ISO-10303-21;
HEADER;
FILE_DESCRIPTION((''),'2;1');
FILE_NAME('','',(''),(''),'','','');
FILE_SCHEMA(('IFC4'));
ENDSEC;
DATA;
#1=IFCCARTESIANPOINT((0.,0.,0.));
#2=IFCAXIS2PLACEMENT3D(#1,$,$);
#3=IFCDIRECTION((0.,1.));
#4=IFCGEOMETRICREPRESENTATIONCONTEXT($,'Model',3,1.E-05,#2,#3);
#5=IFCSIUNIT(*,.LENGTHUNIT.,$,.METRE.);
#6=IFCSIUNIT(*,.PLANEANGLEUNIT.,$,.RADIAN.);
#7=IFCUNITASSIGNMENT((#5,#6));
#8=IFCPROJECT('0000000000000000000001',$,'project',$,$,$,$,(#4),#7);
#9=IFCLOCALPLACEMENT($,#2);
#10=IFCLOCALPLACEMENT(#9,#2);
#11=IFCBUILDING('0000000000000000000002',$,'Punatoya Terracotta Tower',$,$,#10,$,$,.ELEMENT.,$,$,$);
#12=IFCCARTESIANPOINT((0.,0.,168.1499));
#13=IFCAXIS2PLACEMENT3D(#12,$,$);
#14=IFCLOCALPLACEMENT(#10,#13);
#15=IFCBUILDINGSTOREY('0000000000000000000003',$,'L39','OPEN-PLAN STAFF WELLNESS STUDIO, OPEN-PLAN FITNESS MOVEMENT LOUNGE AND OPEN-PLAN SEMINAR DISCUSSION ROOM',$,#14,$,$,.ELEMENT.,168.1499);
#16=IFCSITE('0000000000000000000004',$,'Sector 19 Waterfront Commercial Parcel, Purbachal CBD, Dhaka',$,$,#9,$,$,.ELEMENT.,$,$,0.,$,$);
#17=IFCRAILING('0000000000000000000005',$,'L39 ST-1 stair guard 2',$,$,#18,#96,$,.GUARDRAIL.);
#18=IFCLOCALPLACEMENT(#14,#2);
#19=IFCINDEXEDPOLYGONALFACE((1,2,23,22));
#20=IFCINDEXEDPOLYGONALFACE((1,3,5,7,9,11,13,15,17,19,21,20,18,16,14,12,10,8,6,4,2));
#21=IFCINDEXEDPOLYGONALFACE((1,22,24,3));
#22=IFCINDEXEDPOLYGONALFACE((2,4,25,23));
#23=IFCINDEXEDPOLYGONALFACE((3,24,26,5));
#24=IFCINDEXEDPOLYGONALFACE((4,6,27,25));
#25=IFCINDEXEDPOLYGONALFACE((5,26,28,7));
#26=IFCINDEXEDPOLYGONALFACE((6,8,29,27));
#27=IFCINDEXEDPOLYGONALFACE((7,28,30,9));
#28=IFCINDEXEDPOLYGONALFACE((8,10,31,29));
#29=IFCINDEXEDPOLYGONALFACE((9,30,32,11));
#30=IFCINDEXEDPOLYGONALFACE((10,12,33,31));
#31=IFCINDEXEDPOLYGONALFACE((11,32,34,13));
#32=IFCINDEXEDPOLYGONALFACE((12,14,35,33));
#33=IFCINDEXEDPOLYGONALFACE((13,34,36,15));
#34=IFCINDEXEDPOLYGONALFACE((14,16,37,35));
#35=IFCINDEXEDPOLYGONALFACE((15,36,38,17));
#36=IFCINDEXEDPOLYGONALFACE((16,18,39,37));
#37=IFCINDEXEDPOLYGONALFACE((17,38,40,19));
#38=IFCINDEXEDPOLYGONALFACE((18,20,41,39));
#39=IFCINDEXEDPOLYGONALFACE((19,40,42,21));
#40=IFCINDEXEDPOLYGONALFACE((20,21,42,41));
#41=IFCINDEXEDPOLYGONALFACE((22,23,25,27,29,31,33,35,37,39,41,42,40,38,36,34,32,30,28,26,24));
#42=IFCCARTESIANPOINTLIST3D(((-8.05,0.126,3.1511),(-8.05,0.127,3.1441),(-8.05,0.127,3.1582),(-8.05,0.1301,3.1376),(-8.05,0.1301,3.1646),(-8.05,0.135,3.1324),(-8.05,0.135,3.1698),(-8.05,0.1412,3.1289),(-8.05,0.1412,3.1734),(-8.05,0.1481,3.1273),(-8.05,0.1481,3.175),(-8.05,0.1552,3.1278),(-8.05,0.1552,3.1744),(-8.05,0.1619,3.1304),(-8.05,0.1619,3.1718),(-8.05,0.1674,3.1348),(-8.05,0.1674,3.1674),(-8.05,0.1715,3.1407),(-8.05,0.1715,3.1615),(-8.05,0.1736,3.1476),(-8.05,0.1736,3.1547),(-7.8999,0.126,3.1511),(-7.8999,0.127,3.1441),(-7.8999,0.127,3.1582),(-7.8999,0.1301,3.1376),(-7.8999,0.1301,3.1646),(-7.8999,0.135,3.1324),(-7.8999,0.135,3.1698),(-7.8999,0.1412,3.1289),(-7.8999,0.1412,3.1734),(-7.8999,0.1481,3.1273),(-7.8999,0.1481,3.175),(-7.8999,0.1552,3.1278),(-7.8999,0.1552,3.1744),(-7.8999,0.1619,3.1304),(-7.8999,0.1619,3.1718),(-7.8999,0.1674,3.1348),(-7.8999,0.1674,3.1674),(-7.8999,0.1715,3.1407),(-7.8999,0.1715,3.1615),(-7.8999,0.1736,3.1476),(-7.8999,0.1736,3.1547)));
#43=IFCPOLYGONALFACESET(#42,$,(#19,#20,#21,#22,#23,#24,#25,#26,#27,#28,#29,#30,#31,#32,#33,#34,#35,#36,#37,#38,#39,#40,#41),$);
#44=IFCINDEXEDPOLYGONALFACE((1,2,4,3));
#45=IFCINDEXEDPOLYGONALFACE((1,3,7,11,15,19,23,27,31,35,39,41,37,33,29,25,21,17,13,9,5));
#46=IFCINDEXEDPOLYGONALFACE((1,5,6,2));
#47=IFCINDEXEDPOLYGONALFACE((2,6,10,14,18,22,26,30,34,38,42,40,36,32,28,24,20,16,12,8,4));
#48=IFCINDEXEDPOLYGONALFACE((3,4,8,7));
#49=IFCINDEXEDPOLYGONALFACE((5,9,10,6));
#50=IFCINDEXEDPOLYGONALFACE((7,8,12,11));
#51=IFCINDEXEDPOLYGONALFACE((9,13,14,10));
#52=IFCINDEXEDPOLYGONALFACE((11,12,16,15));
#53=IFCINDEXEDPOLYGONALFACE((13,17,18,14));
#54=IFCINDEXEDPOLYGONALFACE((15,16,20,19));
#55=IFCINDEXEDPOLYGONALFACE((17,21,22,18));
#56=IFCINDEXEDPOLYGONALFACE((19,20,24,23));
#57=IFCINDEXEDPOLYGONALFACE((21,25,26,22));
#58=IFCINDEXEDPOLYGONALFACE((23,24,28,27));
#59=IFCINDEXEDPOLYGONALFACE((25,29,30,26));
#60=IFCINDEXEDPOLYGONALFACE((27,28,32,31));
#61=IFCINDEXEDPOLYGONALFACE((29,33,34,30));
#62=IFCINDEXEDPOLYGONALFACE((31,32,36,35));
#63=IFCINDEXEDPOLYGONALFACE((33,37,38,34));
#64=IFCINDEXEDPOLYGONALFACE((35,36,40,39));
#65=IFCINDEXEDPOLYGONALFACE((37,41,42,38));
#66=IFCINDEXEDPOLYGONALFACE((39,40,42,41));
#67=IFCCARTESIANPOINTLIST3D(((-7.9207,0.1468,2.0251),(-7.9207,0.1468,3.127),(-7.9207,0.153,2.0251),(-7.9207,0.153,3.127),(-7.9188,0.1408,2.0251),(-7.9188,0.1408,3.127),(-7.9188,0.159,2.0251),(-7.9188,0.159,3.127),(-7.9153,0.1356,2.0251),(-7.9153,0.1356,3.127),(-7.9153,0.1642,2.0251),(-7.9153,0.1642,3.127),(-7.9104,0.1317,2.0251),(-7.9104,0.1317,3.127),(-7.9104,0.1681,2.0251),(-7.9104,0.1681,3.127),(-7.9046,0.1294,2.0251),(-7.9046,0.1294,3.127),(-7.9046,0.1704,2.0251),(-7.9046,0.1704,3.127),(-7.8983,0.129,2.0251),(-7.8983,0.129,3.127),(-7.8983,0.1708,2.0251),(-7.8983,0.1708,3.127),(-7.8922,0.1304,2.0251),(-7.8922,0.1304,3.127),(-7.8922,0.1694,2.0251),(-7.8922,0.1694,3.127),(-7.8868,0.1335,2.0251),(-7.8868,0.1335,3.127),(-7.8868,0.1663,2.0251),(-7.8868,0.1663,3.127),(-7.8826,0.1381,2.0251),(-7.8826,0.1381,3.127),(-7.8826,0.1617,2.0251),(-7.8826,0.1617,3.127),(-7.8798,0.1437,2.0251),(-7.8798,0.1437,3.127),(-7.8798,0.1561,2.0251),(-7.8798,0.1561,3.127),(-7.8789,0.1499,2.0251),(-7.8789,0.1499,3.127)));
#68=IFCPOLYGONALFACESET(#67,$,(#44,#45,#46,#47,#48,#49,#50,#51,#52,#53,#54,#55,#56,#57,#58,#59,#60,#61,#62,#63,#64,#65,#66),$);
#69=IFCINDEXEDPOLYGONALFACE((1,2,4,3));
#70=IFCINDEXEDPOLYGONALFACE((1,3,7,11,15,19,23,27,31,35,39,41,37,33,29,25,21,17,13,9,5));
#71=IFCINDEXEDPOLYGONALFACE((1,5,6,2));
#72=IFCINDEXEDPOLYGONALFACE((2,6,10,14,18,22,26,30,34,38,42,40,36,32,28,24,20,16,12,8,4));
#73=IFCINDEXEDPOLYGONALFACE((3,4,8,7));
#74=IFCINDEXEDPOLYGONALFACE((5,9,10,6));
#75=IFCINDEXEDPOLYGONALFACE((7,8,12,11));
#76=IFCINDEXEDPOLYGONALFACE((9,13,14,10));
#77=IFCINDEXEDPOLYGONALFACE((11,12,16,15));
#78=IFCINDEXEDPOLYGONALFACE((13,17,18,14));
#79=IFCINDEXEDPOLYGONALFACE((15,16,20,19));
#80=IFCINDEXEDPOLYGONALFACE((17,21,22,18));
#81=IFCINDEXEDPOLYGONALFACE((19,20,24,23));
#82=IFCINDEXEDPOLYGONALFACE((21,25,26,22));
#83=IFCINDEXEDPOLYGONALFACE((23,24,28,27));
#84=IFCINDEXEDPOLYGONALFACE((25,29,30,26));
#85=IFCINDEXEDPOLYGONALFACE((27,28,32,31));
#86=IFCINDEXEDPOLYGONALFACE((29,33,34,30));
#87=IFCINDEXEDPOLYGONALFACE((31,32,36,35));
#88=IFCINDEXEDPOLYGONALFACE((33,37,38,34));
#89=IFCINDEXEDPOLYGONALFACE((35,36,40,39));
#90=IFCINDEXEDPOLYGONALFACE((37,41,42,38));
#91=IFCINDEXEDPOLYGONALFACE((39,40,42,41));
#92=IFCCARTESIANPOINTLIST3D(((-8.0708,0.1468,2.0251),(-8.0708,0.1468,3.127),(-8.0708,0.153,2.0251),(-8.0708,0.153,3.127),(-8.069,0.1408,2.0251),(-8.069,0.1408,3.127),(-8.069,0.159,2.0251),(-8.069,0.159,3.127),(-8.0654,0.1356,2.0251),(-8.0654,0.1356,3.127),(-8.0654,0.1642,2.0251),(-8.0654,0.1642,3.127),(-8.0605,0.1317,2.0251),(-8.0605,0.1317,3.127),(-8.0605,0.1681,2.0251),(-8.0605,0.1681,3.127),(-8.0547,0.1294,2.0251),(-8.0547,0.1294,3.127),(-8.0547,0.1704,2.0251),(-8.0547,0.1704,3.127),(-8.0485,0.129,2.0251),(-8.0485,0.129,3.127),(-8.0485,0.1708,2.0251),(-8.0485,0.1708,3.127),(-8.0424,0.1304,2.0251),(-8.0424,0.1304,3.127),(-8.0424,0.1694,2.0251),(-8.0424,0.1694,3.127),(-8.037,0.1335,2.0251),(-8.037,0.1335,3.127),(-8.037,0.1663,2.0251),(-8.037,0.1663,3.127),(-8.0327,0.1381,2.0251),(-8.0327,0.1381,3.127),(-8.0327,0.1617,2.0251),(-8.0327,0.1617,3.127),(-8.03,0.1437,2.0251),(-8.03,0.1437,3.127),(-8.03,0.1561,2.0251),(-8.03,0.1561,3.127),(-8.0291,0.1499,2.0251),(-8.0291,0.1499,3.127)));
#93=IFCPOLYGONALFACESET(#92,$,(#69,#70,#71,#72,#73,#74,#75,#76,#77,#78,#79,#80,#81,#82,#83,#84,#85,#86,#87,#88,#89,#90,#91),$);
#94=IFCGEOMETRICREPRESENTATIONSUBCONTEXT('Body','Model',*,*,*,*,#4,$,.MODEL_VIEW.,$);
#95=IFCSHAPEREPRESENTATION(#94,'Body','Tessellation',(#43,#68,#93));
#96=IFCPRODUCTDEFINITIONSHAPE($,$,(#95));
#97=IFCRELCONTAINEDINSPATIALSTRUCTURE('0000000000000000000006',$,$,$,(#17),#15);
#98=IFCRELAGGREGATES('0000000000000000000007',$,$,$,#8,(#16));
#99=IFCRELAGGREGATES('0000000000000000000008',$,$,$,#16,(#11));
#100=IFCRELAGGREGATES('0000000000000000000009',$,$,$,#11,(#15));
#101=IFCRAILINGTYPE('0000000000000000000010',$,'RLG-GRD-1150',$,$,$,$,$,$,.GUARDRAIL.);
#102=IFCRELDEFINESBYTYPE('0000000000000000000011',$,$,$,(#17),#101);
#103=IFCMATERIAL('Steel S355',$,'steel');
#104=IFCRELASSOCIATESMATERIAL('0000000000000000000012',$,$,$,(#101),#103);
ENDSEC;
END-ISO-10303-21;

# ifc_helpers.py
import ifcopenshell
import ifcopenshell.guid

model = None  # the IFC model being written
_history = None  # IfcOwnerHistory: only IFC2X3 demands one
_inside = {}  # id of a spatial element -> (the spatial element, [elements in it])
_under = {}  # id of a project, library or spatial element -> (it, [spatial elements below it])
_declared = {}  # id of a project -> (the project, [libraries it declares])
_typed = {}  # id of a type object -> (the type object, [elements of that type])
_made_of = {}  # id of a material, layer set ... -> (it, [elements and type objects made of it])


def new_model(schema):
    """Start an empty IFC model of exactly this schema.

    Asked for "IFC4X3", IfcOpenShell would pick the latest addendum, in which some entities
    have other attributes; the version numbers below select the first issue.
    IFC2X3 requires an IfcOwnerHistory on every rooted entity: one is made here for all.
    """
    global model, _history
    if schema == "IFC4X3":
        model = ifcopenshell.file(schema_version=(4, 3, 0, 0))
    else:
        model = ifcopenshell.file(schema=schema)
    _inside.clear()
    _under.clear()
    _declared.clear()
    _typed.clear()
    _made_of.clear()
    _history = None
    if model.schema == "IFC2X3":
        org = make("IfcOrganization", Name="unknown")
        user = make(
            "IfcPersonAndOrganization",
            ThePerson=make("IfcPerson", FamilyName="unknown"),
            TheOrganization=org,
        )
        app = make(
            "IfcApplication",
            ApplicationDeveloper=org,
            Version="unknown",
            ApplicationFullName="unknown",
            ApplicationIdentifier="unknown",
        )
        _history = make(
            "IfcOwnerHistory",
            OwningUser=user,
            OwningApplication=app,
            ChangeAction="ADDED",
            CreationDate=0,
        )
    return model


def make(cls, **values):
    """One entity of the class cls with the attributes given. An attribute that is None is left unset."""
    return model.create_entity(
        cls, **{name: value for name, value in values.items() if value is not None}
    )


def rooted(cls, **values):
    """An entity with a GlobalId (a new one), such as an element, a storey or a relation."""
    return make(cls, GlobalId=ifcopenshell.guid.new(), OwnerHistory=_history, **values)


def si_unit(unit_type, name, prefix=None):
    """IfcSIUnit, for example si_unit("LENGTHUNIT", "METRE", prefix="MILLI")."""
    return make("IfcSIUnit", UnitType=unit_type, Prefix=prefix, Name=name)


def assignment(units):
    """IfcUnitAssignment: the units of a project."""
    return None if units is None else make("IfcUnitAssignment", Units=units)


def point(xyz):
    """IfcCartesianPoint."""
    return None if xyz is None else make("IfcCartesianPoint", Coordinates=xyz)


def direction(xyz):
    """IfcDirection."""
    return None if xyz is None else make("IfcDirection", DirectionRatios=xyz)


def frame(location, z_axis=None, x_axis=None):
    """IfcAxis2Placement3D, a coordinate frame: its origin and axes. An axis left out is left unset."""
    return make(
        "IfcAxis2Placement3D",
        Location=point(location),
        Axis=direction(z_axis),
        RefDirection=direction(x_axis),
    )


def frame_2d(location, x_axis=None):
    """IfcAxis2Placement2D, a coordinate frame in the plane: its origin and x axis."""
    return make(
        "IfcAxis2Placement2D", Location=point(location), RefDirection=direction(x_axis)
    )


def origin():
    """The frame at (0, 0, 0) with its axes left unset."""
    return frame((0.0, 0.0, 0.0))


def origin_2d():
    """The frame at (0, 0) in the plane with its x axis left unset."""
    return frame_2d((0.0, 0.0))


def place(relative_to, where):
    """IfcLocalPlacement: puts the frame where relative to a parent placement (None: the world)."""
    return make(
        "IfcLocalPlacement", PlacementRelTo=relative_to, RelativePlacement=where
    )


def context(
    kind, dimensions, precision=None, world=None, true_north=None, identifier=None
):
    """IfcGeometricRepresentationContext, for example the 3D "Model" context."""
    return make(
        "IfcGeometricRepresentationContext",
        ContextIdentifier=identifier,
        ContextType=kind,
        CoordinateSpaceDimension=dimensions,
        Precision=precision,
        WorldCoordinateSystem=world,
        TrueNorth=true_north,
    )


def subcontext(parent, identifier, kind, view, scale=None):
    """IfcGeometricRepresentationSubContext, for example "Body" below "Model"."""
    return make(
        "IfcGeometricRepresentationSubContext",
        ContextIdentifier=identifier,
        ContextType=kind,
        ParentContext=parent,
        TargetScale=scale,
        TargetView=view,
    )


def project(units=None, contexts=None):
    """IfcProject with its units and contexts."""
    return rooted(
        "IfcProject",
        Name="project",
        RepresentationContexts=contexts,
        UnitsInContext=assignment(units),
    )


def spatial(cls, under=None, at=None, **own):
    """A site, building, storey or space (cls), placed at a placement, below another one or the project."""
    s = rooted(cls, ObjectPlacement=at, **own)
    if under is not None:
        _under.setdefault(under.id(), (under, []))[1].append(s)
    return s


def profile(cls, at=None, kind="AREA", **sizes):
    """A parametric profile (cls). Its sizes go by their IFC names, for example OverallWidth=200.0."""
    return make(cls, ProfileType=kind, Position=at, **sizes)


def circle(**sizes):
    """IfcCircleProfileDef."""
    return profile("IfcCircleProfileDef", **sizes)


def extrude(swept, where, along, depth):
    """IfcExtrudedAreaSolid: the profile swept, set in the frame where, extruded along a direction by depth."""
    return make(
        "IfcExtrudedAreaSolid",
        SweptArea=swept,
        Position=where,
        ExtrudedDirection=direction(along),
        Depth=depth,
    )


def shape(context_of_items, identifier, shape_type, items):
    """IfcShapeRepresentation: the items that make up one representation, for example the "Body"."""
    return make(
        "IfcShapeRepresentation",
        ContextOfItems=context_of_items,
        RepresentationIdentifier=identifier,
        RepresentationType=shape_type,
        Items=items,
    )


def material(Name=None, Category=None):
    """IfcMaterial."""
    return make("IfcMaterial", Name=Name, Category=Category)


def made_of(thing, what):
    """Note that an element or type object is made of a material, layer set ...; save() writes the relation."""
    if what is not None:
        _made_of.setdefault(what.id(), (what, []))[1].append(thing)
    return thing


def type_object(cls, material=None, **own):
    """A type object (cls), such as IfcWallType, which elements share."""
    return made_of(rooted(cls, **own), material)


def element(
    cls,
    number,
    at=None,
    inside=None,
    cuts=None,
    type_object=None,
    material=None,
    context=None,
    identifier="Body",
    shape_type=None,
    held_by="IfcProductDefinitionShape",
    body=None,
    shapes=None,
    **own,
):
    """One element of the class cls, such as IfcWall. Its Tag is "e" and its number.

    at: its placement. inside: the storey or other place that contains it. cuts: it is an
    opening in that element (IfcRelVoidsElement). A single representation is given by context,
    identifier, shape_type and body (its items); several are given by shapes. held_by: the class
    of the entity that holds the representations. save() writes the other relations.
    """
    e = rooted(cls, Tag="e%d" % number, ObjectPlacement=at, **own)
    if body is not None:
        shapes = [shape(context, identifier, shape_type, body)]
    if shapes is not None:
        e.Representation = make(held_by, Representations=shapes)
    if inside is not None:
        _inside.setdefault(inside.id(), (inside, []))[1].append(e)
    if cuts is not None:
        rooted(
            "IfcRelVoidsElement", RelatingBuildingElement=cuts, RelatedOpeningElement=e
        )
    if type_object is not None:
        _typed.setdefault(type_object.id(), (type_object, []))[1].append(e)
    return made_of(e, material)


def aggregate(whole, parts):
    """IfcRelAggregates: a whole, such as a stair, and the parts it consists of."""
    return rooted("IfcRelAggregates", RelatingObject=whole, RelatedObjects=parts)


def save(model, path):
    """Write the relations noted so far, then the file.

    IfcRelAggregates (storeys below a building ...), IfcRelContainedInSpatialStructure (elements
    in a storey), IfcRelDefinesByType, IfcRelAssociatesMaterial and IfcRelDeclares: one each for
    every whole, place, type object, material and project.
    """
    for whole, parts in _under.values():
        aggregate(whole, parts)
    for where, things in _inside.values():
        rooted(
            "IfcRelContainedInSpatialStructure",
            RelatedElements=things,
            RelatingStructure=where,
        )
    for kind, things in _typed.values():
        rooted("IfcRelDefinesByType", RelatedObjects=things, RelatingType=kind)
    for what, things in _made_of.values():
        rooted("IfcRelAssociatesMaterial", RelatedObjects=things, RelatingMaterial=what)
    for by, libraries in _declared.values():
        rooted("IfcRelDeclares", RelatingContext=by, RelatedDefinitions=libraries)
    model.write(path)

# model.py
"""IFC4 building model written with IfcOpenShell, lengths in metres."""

from ifc_helpers import new_model, si_unit, direction, frame, origin, origin_2d, place, context, subcontext, project, spatial, circle, extrude, material, type_object, element, save


model = new_model("IFC4")

# Units and contexts
model_context = context("Model", 3, precision=1e-05, world=origin(), true_north=direction((0.0, 1.0)))
body_context = subcontext(model_context, "Body", "Model", "MODEL_VIEW")
ifc_project = project(units=[si_unit("LENGTHUNIT", "METRE"), si_unit("PLANEANGLEUNIT", "RADIAN")], contexts=[model_context])

# Site, building, storey
site_placement = place(None, origin())
site = spatial("IfcSite", under=ifc_project, at=site_placement, Name="Sector 19 Waterfront Commercial Parcel, Purbachal CBD, Dhaka", CompositionType="ELEMENT", RefElevation=0.0)
building_placement = place(site_placement, origin())
building = spatial("IfcBuilding", under=site, at=building_placement, Name="Punatoya Terracotta Tower", CompositionType="ELEMENT")
storey_placement = place(building_placement, frame((0.0, 0.0, 168.1499)))
storey = spatial("IfcBuildingStorey", under=building, at=storey_placement, Name="L39", Description="OPEN-PLAN STAFF WELLNESS STUDIO, OPEN-PLAN FITNESS MOVEMENT LOUNGE AND OPEN-PLAN SEMINAR DISCUSSION ROOM", CompositionType="ELEMENT", Elevation=168.1499)

# Railing
ifc_material_1 = material(Name="Steel S355", Category="steel")
railing_type_1 = type_object("IfcRailingType", Name="RLG-GRD-1150", PredefinedType="GUARDRAIL", material=ifc_material_1)
railing_1_placement = place(storey_placement, frame((-7.8999, 0.1499, 2.0251)))
element("IfcRailing", 1, at=railing_1_placement, inside=storey, type_object=railing_type_1, Name="L39 ST-1 stair guard 2", PredefinedType="GUARDRAIL", context=body_context, shape_type="SweptSolid", body=[
    extrude(circle(Radius=0.0239, at=origin_2d()), frame((0.0, 0.0, 1.126), z_axis=(-1.0, 0.0, 0.0), x_axis=(0.0, -1.0, 0.0)), (0.0, 0.0, 1.0), 0.1501),
    extrude(circle(Radius=0.021, at=origin_2d()), origin(), (0.0, 0.0, 1.0), 1.1018),
    extrude(circle(Radius=0.021, at=origin_2d()), frame((-0.1501, 0.0, 0.0)), (0.0, 0.0, 1.0), 1.1018),
])

save(model, "model.ifc")
